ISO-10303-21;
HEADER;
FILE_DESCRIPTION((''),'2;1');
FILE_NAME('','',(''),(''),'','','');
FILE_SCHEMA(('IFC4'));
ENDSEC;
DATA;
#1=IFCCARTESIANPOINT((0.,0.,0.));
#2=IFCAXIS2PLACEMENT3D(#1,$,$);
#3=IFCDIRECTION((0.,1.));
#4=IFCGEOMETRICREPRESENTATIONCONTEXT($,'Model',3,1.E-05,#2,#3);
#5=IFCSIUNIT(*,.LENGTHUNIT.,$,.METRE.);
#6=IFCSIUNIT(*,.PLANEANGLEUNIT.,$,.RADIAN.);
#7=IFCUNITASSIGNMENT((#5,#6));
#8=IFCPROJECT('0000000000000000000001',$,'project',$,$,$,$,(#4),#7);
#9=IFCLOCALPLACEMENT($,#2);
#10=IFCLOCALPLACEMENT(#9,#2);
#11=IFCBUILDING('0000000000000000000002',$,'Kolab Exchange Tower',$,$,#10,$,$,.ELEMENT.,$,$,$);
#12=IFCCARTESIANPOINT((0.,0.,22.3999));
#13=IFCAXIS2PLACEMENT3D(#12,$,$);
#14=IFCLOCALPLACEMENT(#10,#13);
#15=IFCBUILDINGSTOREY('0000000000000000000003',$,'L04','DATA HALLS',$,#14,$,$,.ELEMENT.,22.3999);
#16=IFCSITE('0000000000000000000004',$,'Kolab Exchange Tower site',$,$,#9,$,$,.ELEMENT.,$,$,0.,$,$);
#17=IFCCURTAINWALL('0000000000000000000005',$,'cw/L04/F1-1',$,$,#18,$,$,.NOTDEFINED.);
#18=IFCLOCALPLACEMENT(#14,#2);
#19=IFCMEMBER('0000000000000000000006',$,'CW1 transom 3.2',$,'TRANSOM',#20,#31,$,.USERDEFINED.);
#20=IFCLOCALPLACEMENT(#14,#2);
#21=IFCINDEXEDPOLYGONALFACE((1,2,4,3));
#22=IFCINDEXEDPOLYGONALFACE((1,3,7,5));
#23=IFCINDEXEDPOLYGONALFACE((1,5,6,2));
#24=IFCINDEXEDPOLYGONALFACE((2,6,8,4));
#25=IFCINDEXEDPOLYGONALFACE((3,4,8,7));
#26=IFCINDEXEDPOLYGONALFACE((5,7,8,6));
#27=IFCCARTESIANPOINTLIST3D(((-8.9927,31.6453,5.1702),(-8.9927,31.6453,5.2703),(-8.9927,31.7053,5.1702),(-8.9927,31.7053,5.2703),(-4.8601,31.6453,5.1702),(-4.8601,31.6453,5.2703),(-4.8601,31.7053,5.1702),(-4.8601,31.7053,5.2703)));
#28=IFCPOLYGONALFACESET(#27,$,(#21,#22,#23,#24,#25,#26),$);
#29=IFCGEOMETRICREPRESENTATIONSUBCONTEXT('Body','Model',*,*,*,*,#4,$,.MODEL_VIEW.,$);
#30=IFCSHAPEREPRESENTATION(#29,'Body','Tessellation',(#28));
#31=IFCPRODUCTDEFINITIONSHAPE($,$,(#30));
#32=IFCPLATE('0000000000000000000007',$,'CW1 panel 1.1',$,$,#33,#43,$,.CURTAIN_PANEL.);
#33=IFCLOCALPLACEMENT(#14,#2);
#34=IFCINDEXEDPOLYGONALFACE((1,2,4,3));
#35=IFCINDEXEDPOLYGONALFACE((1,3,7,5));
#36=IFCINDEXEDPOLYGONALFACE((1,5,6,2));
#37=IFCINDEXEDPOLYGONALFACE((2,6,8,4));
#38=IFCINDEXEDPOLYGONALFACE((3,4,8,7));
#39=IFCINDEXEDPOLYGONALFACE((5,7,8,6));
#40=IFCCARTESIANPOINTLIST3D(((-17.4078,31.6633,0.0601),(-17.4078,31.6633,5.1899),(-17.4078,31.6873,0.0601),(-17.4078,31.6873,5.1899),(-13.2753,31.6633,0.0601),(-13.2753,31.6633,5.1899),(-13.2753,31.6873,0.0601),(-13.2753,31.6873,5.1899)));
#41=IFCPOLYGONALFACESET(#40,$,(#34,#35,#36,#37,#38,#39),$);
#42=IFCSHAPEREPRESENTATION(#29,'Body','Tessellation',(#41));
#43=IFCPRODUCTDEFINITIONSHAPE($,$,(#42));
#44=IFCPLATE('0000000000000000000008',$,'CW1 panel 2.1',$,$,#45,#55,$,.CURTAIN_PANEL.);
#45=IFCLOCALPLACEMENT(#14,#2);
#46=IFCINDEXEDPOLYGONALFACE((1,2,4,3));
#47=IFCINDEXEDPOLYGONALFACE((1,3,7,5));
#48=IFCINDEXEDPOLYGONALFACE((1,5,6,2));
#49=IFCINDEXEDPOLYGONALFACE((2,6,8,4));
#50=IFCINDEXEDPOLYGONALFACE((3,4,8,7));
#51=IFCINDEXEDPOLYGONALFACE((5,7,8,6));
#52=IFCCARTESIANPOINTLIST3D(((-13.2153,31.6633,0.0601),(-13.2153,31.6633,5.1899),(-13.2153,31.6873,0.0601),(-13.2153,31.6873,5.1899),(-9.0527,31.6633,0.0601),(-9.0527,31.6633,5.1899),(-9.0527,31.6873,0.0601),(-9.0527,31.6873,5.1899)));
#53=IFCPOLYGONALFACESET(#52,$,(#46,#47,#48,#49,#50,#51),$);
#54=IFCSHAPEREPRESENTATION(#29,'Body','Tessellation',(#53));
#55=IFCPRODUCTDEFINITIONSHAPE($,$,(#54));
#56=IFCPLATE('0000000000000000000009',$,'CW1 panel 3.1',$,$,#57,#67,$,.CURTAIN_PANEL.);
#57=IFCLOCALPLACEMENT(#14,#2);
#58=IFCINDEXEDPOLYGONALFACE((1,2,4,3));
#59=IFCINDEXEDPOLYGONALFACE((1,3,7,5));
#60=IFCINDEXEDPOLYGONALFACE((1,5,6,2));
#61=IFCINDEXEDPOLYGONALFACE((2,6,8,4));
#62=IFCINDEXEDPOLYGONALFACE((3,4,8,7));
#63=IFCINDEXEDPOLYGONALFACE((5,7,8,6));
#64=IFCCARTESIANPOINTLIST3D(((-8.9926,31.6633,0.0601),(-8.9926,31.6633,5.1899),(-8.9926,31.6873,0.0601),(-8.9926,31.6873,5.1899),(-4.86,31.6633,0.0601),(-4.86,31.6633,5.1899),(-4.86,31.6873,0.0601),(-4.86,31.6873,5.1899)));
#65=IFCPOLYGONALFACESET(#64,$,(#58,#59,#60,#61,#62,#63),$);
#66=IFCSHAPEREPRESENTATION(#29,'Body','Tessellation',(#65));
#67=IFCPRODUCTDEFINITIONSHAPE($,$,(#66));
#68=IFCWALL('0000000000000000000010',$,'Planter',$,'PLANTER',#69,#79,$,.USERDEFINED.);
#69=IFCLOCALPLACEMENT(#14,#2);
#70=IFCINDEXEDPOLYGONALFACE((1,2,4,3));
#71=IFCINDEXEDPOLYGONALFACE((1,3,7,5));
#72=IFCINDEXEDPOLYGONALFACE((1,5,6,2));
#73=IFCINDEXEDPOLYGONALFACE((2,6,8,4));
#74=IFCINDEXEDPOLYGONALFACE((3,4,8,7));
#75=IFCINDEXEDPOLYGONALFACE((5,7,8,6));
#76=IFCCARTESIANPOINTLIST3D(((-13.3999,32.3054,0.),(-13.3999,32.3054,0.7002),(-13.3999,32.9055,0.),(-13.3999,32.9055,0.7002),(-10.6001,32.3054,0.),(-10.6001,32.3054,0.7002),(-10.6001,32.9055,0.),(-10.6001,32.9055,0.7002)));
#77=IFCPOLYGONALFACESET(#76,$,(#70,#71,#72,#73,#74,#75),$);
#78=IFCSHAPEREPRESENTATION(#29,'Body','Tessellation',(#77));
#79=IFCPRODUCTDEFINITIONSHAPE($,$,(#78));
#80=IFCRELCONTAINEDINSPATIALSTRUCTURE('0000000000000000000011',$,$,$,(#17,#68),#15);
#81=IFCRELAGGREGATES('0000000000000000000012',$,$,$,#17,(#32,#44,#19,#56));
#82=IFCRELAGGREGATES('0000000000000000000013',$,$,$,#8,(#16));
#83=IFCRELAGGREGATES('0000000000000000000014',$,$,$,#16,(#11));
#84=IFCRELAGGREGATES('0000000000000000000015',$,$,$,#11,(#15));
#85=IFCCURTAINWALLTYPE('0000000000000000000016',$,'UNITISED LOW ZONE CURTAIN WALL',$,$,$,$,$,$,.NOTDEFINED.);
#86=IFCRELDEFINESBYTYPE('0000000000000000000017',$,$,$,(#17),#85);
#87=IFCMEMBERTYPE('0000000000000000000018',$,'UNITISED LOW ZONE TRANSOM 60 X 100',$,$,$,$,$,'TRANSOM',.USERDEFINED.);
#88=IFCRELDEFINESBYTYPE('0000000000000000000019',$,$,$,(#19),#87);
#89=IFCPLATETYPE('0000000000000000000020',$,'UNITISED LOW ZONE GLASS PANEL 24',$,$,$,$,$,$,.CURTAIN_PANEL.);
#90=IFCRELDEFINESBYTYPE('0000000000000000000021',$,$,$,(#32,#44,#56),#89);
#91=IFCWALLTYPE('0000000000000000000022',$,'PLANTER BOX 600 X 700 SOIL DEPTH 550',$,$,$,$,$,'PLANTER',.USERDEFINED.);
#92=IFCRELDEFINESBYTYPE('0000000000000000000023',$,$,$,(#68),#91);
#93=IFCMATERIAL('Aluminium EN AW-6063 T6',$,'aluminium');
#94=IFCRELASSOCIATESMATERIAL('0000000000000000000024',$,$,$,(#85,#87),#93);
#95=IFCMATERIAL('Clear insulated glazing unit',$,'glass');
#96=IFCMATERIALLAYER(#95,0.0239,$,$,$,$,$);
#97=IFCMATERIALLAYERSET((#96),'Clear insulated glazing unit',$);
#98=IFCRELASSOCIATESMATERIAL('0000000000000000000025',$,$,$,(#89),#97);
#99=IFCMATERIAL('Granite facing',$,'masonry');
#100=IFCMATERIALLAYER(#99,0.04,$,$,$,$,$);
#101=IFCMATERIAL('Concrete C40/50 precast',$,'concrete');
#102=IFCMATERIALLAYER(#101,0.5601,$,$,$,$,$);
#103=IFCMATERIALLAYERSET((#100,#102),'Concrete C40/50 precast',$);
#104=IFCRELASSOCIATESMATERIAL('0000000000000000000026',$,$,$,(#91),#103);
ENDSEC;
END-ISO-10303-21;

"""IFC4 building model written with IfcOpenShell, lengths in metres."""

from ifc_helpers import new_model, si_unit, direction, frame, frame_2d, origin, origin_2d, place, context, subcontext, project, spatial, rectangle, extrude, material, layer, layer_set, material_profile, profile_set, type_object, element, aggregate, save


model = new_model("IFC4")

# Units and contexts
model_context = context("Model", 3, precision=1e-05, world=origin(), true_north=direction((0.0, 1.0)))
body_context = subcontext(model_context, "Body", "Model", "MODEL_VIEW")
ifc_project = project(units=[si_unit("LENGTHUNIT", "METRE"), si_unit("PLANEANGLEUNIT", "RADIAN")], contexts=[model_context])

# Site, building, storey
site_placement = place(None, origin())
site = spatial("IfcSite", under=ifc_project, at=site_placement, Name="Kolab Exchange Tower site", CompositionType="ELEMENT", RefElevation=0.0)
building_placement = place(site_placement, origin())
building = spatial("IfcBuilding", under=site, at=building_placement, Name="Kolab Exchange Tower", CompositionType="ELEMENT")
storey_placement = place(building_placement, frame((0.0, 0.0, 22.3999)))
storey = spatial("IfcBuildingStorey", under=building, at=storey_placement, Name="L04", Description="DATA HALLS", CompositionType="ELEMENT", Elevation=22.3999)

# Curtain wall, member, plates
ifc_material_1 = material(Name="Aluminium EN AW-6063 T6", Category="aluminium")
curtain_wall_type = type_object("IfcCurtainWallType", Name="UNITISED LOW ZONE CURTAIN WALL", PredefinedType="NOTDEFINED", material=ifc_material_1)
curtain_wall_placement = place(storey_placement, origin())
curtain_wall = element("IfcCurtainWall", 1, at=curtain_wall_placement, inside=storey, type_object=curtain_wall_type, Name="cw/L04/F1-1", PredefinedType="NOTDEFINED")
ifc_material_profile_1 = material_profile(ifc_material_1, rectangle(XDim=0.0601, YDim=0.1001, at=origin_2d()), Name="RECT 60X100")
ifc_profile_set_1 = profile_set([ifc_material_profile_1], Name="Aluminium EN AW-6063 T6")
member_type_1 = type_object("IfcMemberType", Name="UNITISED LOW ZONE TRANSOM 60 X 100", ElementType="TRANSOM", PredefinedType="USERDEFINED", material=ifc_profile_set_1)
member_1_placement = place(storey_placement, frame((-8.9927, 31.6753, 5.2202), z_axis=(1.0, 0.0, 0.0), x_axis=(0.0, 1.0, 0.0)))
member_1 = element("IfcMember", 2, at=member_1_placement, type_object=member_type_1, Name="CW1 transom 3.2", ObjectType="TRANSOM", PredefinedType="USERDEFINED", context=body_context, shape_type="SweptSolid", body=[
    extrude(rectangle(XDim=0.0601, YDim=0.1001, at=origin_2d()), origin(), (0.0, 0.0, 1.0), 4.1326),
])
ifc_material_2 = material(Name="Clear insulated glazing unit", Category="glass")
ifc_layer_1 = layer(ifc_material_2, 0.0239)
ifc_layer_set_1 = layer_set([ifc_layer_1], Name="Clear insulated glazing unit")
plate_type = type_object("IfcPlateType", Name="UNITISED LOW ZONE GLASS PANEL 24", PredefinedType="CURTAIN_PANEL", material=ifc_layer_set_1)
plate_1_placement = place(storey_placement, frame((-15.3416, 31.6753, 0.0601), z_axis=(0.0, 0.0, 1.0), x_axis=(1.0, 0.0, 0.0)))
plate_1 = element("IfcPlate", 3, at=plate_1_placement, type_object=plate_type, Name="CW1 panel 1.1", PredefinedType="CURTAIN_PANEL", context=body_context, shape_type="SweptSolid", body=[
    extrude(rectangle(XDim=4.1326, YDim=0.0239, at=origin_2d()), origin(), (0.0, 0.0, 1.0), 5.1299),
])
plate_2_placement = place(storey_placement, frame((-11.134, 31.6753, 0.0601), z_axis=(0.0, 0.0, 1.0), x_axis=(1.0, 0.0, 0.0)))
plate_2 = element("IfcPlate", 4, at=plate_2_placement, type_object=plate_type, Name="CW1 panel 2.1", PredefinedType="CURTAIN_PANEL", context=body_context, shape_type="SweptSolid", body=[
    extrude(rectangle(XDim=4.1626, YDim=0.0239, at=origin_2d()), origin(), (0.0, 0.0, 1.0), 5.1299),
])
plate_3_placement = place(storey_placement, frame((-6.9263, 31.6753, 0.0601), z_axis=(0.0, 0.0, 1.0), x_axis=(1.0, 0.0, 0.0)))
plate_3 = element("IfcPlate", 5, at=plate_3_placement, type_object=plate_type, Name="CW1 panel 3.1", PredefinedType="CURTAIN_PANEL", context=body_context, shape_type="SweptSolid", body=[
    extrude(rectangle(XDim=4.1326, YDim=0.0239, at=origin_2d()), origin(), (0.0, 0.0, 1.0), 5.1299),
])
aggregate(curtain_wall, [plate_1, plate_2, member_1, plate_3])

# Wall
ifc_material_3 = material(Name="Granite facing", Category="masonry")
ifc_layer_2 = layer(ifc_material_3, 0.04)
ifc_material_4 = material(Name="Concrete C40/50 precast", Category="concrete")
ifc_layer_3 = layer(ifc_material_4, 0.5601)
ifc_layer_set_2 = layer_set([ifc_layer_2, ifc_layer_3], Name="Concrete C40/50 precast")
wall_type_1 = type_object("IfcWallType", Name="PLANTER BOX 600 X 700 SOIL DEPTH 550", ElementType="PLANTER", PredefinedType="USERDEFINED", material=ifc_layer_set_2)
wall_1_placement = place(storey_placement, frame((-13.3999, 32.6055, 0.0), z_axis=(0.0, 0.0, 1.0), x_axis=(1.0, 0.0, 0.0)))
element("IfcWall", 6, at=wall_1_placement, inside=storey, type_object=wall_type_1, Name="Planter", ObjectType="PLANTER", PredefinedType="USERDEFINED", context=body_context, shape_type="SweptSolid", body=[
    extrude(rectangle(XDim=2.7998, YDim=0.6001, at=frame_2d((1.3999, 0.0))), origin(), (0.0, 0.0, 1.0), 0.7002),
])

save(model, "model.ifc")
